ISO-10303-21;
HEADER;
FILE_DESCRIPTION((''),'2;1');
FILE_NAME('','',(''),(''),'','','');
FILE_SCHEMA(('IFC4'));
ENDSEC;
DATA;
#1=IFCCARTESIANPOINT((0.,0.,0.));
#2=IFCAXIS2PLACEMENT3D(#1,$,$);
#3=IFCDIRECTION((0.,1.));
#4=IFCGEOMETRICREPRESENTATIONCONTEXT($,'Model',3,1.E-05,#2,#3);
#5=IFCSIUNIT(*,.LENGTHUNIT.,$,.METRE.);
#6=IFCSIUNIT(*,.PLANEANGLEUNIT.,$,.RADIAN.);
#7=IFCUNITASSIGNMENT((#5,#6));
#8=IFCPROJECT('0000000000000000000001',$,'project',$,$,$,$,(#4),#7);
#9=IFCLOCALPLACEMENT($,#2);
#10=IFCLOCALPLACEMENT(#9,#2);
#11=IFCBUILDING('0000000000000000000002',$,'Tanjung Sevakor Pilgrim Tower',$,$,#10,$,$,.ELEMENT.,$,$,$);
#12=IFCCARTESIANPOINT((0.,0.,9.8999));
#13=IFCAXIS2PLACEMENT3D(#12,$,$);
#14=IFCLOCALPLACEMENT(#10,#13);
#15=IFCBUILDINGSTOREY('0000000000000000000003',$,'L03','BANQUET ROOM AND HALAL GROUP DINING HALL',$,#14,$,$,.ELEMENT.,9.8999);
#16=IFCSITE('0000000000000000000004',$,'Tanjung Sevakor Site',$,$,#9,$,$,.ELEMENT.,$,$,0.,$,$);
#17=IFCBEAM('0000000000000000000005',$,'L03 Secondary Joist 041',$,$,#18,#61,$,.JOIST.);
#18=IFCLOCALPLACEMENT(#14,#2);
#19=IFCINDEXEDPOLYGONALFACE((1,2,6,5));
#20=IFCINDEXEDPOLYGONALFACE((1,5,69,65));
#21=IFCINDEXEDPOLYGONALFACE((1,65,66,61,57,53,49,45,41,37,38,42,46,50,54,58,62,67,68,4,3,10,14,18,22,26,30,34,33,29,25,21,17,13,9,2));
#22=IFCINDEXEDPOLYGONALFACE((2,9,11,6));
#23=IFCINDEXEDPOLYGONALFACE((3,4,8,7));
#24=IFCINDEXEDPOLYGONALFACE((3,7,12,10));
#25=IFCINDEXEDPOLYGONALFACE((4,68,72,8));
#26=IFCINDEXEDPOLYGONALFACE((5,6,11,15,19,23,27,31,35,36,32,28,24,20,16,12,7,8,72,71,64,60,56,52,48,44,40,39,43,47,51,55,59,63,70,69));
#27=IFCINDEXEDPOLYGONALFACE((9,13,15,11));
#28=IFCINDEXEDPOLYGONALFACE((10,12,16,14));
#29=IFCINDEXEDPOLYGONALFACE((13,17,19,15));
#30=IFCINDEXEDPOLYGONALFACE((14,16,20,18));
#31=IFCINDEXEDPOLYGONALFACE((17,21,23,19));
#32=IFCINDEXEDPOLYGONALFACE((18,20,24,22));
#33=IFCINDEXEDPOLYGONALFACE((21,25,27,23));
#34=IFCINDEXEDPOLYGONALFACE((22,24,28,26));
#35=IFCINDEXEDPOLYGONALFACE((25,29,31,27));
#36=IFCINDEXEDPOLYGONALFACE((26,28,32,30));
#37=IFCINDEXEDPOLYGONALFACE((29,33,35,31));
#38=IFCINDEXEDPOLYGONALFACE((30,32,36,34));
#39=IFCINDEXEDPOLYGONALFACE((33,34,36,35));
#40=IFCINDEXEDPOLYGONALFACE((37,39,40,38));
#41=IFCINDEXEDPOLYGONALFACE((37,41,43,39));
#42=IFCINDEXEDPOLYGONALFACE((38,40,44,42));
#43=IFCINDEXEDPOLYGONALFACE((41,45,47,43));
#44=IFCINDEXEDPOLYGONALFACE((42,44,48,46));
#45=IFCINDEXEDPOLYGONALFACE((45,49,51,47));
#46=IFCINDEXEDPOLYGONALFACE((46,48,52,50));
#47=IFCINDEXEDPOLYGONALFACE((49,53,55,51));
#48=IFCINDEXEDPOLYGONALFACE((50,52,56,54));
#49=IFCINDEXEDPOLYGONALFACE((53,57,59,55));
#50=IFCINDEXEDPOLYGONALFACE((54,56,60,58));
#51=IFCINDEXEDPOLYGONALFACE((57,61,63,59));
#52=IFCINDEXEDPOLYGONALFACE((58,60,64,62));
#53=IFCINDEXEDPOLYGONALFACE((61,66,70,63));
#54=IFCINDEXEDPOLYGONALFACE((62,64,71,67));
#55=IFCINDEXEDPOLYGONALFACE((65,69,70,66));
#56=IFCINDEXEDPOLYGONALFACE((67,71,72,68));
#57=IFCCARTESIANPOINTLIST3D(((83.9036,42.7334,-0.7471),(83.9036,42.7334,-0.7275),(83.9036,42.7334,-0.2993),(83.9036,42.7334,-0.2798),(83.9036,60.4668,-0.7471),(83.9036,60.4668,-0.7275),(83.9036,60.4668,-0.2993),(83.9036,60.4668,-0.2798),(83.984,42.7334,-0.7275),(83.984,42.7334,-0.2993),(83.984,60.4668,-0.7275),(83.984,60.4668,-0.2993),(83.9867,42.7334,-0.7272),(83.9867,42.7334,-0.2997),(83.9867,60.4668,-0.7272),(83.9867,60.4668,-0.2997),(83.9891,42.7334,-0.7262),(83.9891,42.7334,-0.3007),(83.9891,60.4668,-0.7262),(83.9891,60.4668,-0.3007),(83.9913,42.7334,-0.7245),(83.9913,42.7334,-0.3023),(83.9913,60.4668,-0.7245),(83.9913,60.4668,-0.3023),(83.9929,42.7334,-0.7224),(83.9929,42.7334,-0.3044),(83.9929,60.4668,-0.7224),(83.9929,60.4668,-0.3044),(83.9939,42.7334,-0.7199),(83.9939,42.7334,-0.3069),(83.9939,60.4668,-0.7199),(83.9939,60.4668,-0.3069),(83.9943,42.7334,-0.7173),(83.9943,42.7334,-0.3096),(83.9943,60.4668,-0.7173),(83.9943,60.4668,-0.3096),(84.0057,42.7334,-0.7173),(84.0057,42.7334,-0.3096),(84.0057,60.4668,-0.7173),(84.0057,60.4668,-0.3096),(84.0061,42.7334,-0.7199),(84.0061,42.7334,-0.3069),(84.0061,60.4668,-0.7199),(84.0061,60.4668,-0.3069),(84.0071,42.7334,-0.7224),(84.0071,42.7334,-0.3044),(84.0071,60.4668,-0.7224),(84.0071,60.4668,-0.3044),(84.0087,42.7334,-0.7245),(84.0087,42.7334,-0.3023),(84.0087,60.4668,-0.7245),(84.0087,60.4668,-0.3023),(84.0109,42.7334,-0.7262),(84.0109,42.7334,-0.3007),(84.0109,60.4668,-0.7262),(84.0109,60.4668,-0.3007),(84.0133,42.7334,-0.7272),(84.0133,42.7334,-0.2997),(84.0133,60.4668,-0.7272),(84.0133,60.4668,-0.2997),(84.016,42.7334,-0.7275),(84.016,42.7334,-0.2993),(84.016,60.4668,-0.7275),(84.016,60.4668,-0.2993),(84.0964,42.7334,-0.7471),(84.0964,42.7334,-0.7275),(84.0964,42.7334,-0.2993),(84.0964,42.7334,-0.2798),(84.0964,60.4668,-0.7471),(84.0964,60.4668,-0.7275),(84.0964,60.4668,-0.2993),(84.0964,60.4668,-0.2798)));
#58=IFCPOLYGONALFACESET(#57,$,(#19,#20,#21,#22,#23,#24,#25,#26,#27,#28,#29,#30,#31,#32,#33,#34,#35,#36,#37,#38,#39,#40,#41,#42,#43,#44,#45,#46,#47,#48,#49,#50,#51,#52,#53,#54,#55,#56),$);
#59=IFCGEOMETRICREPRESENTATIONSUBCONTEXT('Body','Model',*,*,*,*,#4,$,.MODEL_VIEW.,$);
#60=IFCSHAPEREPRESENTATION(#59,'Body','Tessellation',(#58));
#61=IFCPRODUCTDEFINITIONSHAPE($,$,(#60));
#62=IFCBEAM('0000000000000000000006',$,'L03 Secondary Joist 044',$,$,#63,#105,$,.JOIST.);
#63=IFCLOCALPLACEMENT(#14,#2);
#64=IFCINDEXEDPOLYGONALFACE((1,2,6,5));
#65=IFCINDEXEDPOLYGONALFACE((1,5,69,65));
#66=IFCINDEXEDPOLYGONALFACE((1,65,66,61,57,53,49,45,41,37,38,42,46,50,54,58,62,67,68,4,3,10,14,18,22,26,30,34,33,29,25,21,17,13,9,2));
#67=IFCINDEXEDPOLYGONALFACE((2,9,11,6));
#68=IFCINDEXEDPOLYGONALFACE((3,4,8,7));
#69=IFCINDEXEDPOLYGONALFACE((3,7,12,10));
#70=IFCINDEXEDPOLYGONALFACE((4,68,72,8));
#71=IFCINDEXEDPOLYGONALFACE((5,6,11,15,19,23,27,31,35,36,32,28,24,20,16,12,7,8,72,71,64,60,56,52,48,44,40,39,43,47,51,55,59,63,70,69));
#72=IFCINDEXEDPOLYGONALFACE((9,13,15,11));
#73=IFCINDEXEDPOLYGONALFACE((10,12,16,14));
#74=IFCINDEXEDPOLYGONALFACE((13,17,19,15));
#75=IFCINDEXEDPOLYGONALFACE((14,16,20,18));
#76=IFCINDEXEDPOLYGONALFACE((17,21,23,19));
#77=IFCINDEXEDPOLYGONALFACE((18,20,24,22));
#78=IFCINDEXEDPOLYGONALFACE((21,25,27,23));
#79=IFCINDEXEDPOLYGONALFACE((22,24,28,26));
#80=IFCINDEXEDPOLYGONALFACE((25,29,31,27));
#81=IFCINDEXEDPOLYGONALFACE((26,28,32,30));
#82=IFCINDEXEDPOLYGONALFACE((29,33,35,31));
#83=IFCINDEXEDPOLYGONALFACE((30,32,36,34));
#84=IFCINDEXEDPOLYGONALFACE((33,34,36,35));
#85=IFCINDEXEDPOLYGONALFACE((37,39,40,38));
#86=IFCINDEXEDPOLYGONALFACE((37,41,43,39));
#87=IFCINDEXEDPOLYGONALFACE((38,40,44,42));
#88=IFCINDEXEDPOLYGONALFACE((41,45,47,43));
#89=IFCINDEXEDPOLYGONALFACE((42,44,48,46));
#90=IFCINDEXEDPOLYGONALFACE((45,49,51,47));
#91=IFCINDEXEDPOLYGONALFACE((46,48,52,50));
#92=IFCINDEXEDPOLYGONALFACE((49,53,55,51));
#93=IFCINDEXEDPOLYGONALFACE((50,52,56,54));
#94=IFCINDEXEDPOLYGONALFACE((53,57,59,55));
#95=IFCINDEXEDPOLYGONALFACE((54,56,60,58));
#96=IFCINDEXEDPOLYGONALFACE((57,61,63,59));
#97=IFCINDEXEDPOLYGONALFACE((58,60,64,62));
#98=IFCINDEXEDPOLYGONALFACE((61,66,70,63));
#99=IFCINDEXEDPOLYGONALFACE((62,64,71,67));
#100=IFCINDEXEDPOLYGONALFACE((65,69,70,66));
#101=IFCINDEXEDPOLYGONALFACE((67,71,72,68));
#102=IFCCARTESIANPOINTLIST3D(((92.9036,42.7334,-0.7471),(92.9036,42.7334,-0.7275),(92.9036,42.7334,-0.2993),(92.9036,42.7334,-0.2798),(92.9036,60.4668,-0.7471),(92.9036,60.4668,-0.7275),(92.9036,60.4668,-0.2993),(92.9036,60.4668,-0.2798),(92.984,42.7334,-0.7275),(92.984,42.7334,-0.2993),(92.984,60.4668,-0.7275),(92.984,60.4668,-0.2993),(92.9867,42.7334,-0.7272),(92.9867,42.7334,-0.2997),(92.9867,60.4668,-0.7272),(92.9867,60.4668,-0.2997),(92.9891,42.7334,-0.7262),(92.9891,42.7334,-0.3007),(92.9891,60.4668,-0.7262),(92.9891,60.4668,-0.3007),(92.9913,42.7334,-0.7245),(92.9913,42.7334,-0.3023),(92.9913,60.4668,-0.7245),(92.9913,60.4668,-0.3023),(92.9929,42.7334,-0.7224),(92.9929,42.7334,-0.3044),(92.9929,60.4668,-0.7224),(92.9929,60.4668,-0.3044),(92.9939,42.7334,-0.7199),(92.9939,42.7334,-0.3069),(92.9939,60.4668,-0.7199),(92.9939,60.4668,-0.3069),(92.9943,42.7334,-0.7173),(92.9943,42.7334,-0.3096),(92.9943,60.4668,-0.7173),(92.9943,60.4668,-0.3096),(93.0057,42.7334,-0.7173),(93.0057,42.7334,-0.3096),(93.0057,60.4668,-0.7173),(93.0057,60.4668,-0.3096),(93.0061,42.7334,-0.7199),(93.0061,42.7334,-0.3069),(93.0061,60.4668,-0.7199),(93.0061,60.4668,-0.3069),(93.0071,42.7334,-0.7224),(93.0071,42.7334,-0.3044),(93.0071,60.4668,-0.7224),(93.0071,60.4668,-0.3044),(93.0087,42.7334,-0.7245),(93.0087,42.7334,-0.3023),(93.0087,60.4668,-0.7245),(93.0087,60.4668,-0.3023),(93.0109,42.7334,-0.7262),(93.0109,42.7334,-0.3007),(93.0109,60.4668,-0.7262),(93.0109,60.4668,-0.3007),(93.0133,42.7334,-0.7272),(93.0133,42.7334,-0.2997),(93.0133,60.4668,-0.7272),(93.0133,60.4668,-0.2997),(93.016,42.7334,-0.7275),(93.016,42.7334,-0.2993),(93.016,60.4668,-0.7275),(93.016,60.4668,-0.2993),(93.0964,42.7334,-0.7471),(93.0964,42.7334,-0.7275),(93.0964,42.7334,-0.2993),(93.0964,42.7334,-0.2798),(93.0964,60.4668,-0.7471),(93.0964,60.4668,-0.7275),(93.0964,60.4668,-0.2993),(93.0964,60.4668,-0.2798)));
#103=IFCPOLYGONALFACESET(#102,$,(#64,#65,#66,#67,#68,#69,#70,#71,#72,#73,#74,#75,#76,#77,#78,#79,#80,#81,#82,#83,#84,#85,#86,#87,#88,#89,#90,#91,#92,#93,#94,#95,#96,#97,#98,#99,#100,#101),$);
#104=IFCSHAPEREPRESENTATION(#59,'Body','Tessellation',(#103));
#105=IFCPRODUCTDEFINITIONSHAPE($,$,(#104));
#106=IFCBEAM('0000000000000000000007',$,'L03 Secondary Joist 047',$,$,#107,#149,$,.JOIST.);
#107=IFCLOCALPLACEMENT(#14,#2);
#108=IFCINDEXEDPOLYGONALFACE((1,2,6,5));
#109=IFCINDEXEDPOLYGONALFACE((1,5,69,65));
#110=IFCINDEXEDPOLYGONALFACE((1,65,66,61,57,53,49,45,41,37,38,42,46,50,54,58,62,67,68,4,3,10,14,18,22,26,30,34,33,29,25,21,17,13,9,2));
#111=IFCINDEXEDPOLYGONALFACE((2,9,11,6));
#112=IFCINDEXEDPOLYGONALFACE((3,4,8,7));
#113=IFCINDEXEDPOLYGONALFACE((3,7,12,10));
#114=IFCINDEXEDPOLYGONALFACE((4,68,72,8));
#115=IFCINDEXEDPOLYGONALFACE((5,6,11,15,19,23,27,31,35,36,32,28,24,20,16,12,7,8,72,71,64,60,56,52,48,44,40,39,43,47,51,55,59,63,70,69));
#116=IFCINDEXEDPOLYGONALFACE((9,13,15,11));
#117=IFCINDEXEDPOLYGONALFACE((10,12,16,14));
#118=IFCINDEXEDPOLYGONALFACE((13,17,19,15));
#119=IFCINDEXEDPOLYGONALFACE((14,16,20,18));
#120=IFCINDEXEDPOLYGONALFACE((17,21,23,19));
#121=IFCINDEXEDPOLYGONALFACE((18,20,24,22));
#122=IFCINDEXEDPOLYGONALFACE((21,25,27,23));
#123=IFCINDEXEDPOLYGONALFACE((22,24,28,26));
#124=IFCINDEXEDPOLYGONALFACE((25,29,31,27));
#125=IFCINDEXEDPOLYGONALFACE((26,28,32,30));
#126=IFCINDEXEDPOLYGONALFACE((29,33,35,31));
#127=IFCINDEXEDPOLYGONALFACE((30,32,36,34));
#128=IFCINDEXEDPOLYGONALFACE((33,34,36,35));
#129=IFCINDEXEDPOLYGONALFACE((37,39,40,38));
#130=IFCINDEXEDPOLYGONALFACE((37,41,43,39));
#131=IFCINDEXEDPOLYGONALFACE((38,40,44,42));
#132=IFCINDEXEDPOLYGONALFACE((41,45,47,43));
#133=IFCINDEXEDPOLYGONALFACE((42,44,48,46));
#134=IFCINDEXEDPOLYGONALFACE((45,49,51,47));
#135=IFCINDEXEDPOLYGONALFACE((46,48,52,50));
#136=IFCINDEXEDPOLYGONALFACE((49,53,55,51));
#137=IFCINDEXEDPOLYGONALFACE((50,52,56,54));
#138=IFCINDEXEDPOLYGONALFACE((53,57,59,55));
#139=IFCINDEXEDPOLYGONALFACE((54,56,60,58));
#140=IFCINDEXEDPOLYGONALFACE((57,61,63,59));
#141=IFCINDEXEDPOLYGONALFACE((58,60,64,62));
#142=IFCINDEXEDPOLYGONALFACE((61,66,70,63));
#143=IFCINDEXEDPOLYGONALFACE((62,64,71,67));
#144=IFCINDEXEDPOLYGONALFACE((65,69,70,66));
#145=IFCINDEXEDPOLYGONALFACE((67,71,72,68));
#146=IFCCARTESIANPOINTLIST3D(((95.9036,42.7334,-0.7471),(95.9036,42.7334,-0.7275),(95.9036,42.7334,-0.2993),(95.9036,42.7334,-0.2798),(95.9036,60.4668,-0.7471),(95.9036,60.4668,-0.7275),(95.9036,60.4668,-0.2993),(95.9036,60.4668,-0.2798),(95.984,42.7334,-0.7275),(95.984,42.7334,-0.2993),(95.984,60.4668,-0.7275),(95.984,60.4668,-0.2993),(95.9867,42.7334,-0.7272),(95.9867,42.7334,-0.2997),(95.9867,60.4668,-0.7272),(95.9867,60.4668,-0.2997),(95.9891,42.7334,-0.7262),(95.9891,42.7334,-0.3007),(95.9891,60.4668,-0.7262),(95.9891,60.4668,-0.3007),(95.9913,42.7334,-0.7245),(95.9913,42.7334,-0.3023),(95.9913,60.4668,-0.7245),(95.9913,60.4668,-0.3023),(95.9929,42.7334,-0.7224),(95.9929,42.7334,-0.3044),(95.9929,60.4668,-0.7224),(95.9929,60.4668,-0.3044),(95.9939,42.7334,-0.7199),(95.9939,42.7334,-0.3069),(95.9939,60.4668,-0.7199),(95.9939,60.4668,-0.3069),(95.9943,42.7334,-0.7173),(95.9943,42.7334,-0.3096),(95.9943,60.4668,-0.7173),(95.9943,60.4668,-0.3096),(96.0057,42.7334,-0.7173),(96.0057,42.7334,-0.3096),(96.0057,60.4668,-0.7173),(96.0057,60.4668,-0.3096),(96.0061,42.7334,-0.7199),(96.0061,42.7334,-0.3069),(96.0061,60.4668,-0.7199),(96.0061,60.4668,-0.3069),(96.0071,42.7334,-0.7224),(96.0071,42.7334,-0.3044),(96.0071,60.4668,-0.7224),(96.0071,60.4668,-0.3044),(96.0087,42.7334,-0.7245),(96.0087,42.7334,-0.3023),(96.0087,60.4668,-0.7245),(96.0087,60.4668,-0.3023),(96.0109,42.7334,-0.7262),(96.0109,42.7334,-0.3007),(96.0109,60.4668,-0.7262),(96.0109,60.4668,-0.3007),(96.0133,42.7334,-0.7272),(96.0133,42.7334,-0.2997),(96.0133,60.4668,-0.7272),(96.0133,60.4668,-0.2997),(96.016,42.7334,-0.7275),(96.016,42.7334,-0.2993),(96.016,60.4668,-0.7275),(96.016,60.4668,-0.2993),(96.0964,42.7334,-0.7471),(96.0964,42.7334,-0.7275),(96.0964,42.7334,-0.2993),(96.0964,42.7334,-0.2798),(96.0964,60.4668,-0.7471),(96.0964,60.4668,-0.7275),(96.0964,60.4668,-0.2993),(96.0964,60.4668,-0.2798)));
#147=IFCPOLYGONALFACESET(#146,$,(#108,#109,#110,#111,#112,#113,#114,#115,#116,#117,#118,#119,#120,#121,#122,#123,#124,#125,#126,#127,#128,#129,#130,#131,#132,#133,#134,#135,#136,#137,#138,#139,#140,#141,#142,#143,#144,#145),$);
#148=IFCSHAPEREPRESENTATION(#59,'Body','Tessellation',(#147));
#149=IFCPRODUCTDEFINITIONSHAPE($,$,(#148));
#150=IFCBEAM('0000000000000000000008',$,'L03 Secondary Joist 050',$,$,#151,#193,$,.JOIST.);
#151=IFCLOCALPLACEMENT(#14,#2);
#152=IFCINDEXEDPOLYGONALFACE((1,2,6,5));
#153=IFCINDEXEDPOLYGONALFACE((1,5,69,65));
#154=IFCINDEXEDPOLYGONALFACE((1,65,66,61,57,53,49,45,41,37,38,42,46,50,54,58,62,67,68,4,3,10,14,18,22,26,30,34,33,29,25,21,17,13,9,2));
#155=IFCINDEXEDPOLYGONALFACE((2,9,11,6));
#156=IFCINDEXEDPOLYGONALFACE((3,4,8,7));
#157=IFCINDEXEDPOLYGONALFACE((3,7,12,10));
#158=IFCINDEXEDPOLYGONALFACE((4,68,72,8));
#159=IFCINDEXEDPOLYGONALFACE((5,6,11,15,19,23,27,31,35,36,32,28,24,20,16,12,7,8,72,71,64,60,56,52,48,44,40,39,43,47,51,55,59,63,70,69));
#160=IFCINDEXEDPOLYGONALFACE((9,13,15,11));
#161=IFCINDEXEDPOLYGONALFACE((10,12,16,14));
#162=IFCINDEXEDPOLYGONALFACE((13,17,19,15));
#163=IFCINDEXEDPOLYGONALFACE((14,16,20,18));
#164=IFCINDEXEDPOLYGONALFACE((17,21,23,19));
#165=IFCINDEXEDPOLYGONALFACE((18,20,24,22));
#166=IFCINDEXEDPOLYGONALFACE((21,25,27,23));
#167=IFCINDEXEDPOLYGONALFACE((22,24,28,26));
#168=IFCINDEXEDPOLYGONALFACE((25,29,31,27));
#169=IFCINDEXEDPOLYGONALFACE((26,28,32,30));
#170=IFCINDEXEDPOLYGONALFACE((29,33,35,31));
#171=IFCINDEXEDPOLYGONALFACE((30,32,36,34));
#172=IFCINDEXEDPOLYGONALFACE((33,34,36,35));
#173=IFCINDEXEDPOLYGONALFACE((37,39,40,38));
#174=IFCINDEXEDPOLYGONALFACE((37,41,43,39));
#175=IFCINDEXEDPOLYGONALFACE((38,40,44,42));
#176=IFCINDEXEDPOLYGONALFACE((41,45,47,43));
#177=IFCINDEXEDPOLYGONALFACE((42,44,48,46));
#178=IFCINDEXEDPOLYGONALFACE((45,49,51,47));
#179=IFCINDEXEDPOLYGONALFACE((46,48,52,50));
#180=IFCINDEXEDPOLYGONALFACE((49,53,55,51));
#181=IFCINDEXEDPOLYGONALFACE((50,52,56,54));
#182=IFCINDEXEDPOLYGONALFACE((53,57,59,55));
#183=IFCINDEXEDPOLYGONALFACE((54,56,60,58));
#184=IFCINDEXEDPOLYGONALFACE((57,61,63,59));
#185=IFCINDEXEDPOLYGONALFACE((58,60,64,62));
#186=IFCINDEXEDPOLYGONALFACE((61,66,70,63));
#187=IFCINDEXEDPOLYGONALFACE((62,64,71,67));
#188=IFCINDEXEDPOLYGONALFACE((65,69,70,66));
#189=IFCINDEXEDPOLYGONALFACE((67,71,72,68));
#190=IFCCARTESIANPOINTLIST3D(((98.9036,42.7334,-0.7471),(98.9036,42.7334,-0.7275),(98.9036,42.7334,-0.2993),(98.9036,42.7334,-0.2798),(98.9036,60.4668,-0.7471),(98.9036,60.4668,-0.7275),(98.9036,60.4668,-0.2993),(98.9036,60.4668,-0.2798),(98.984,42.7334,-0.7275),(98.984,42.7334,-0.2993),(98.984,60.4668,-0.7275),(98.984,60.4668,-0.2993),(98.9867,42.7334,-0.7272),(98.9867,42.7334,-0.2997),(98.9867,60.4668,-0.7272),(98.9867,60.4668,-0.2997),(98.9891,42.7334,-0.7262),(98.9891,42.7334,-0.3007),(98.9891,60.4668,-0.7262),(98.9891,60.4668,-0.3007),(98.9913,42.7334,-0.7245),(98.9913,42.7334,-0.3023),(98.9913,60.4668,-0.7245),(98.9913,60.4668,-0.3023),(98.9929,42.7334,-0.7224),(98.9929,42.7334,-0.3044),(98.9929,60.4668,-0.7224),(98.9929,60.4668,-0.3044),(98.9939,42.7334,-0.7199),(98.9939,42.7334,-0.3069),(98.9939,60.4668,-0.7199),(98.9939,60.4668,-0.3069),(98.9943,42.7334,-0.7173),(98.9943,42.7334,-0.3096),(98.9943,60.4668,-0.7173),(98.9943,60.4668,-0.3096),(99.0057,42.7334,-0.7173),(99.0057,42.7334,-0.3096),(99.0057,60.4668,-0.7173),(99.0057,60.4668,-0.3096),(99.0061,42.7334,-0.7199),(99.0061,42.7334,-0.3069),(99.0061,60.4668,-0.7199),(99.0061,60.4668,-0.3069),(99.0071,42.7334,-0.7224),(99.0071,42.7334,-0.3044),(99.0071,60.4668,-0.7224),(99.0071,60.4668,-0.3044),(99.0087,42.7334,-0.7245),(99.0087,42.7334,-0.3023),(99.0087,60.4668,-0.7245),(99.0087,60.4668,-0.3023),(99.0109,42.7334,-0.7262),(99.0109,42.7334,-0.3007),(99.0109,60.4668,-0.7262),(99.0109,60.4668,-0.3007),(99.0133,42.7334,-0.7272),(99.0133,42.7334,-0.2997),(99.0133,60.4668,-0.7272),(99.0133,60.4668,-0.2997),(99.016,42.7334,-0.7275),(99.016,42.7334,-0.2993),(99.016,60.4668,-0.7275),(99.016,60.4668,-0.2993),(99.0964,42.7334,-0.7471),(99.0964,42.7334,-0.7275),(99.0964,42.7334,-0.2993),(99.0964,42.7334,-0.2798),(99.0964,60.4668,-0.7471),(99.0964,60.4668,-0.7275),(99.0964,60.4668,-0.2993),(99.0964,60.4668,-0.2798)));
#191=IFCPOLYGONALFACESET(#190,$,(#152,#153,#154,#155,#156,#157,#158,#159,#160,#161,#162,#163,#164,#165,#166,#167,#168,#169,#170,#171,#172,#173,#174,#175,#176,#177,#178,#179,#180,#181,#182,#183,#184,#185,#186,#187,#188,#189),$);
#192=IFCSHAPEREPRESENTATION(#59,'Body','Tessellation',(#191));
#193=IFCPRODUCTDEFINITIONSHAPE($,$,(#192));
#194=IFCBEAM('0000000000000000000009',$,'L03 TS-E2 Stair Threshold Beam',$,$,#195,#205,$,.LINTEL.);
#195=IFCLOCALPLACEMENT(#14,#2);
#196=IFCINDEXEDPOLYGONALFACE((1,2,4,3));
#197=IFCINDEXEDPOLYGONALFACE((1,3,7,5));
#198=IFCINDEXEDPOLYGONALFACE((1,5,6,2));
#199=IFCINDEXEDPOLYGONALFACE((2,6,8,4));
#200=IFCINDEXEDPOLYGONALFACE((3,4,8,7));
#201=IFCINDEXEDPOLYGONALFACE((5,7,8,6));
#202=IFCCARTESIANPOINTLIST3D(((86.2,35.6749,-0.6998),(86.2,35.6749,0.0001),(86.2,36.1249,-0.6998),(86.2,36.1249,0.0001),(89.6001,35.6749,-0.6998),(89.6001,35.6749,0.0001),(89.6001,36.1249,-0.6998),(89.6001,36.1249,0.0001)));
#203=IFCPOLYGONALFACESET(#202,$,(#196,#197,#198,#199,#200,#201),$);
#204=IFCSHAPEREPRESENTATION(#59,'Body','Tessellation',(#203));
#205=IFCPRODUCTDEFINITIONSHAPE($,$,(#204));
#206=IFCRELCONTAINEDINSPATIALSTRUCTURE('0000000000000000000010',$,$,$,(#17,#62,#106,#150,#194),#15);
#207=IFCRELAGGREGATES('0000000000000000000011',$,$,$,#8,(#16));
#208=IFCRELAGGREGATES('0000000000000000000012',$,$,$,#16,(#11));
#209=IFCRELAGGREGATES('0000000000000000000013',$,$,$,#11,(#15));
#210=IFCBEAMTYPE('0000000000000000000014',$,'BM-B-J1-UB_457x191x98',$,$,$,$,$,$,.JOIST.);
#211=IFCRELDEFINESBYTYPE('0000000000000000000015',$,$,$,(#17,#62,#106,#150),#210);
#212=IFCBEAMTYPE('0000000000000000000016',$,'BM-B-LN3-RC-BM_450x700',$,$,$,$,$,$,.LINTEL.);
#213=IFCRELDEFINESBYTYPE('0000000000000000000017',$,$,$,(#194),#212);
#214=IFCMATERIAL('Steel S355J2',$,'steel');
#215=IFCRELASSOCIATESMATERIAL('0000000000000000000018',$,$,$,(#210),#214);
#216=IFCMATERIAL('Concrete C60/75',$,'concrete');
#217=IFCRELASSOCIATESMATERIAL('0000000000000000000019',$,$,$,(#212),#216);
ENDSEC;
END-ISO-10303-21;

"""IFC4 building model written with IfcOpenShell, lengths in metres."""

from ifc_helpers import new_model, si_unit, direction, frame, origin, origin_2d, place, context, subcontext, project, spatial, rectangle, i_section, extrude, material, material_profile, profile_set, type_object, element, save


model = new_model("IFC4")

# Units and contexts
model_context = context("Model", 3, precision=1e-05, world=origin(), true_north=direction((0.0, 1.0)))
body_context = subcontext(model_context, "Body", "Model", "MODEL_VIEW")
ifc_project = project(units=[si_unit("LENGTHUNIT", "METRE"), si_unit("PLANEANGLEUNIT", "RADIAN")], contexts=[model_context])

# Site, building, storey
site_placement = place(None, origin())
site = spatial("IfcSite", under=ifc_project, at=site_placement, Name="Tanjung Sevakor Site", CompositionType="ELEMENT", RefElevation=0.0)
building_placement = place(site_placement, origin())
building = spatial("IfcBuilding", under=site, at=building_placement, Name="Tanjung Sevakor Pilgrim Tower", CompositionType="ELEMENT")
storey_placement = place(building_placement, frame((0.0, 0.0, 9.8999)))
storey = spatial("IfcBuildingStorey", under=building, at=storey_placement, Name="L03", Description="BANQUET ROOM AND HALAL GROUP DINING HALL", CompositionType="ELEMENT", Elevation=9.8999)

# Beams
ifc_material_1 = material(Name="Steel S355J2", Category="steel")
ifc_material_profile_1 = material_profile(ifc_material_1, i_section(OverallWidth=0.1929, OverallDepth=0.4673, WebThickness=0.0115, FlangeThickness=0.0195, FilletRadius=0.0103, at=origin_2d()))
ifc_profile_set_1 = profile_set([ifc_material_profile_1], Name="Steel S355J2")
beam_type_1 = type_object("IfcBeamType", Name="BM-B-J1-UB_457x191x98", PredefinedType="JOIST", material=ifc_profile_set_1)
for number, where, z_axis, x_axis, name in (
    (1, (84.0, 42.7334, -0.5134), (0.0, 1.0, 0.0), (-1.0, 0.0, 0.0), "L03 Secondary Joist 041"),
    (2, (93.0, 42.7334, -0.5134), (0.0, 1.0, 0.0), (-1.0, 0.0, 0.0), "L03 Secondary Joist 044"),
    (3, (96.0, 42.7334, -0.5134), (0.0, 1.0, 0.0), (-1.0, 0.0, 0.0), "L03 Secondary Joist 047"),
    (4, (99.0, 42.7334, -0.5134), (0.0, 1.0, 0.0), (-1.0, 0.0, 0.0), "L03 Secondary Joist 050"),
):
    element("IfcBeam", number, at=place(storey_placement, frame(where, z_axis=z_axis, x_axis=x_axis)), inside=storey, type_object=beam_type_1, Name=name, PredefinedType="JOIST", context=body_context, shape_type="SweptSolid", body=[
        extrude(i_section(OverallWidth=0.1929, OverallDepth=0.4673, WebThickness=0.0115, FlangeThickness=0.0195, FilletRadius=0.0103, at=origin_2d()), origin(), (0.0, 0.0, 1.0), 17.7334),
    ])
ifc_material_2 = material(Name="Concrete C60/75", Category="concrete")
ifc_material_profile_2 = material_profile(ifc_material_2, rectangle(XDim=0.45, YDim=0.7, at=origin_2d()))
ifc_profile_set_2 = profile_set([ifc_material_profile_2], Name="Concrete C60/75")
beam_type_2 = type_object("IfcBeamType", Name="BM-B-LN3-RC-BM_450x700", PredefinedType="LINTEL", material=ifc_profile_set_2)
beam_1_placement = place(storey_placement, frame((86.2, 35.8999, -0.3499), z_axis=(1.0, 0.0, 0.0), x_axis=(0.0, 1.0, 0.0)))
element("IfcBeam", 5, at=beam_1_placement, inside=storey, type_object=beam_type_2, Name="L03 TS-E2 Stair Threshold Beam", PredefinedType="LINTEL", context=body_context, shape_type="SweptSolid", body=[
    extrude(rectangle(XDim=0.45, YDim=0.7, at=origin_2d()), origin(), (0.0, 0.0, 1.0), 3.4001),
])

save(model, "model.ifc")
